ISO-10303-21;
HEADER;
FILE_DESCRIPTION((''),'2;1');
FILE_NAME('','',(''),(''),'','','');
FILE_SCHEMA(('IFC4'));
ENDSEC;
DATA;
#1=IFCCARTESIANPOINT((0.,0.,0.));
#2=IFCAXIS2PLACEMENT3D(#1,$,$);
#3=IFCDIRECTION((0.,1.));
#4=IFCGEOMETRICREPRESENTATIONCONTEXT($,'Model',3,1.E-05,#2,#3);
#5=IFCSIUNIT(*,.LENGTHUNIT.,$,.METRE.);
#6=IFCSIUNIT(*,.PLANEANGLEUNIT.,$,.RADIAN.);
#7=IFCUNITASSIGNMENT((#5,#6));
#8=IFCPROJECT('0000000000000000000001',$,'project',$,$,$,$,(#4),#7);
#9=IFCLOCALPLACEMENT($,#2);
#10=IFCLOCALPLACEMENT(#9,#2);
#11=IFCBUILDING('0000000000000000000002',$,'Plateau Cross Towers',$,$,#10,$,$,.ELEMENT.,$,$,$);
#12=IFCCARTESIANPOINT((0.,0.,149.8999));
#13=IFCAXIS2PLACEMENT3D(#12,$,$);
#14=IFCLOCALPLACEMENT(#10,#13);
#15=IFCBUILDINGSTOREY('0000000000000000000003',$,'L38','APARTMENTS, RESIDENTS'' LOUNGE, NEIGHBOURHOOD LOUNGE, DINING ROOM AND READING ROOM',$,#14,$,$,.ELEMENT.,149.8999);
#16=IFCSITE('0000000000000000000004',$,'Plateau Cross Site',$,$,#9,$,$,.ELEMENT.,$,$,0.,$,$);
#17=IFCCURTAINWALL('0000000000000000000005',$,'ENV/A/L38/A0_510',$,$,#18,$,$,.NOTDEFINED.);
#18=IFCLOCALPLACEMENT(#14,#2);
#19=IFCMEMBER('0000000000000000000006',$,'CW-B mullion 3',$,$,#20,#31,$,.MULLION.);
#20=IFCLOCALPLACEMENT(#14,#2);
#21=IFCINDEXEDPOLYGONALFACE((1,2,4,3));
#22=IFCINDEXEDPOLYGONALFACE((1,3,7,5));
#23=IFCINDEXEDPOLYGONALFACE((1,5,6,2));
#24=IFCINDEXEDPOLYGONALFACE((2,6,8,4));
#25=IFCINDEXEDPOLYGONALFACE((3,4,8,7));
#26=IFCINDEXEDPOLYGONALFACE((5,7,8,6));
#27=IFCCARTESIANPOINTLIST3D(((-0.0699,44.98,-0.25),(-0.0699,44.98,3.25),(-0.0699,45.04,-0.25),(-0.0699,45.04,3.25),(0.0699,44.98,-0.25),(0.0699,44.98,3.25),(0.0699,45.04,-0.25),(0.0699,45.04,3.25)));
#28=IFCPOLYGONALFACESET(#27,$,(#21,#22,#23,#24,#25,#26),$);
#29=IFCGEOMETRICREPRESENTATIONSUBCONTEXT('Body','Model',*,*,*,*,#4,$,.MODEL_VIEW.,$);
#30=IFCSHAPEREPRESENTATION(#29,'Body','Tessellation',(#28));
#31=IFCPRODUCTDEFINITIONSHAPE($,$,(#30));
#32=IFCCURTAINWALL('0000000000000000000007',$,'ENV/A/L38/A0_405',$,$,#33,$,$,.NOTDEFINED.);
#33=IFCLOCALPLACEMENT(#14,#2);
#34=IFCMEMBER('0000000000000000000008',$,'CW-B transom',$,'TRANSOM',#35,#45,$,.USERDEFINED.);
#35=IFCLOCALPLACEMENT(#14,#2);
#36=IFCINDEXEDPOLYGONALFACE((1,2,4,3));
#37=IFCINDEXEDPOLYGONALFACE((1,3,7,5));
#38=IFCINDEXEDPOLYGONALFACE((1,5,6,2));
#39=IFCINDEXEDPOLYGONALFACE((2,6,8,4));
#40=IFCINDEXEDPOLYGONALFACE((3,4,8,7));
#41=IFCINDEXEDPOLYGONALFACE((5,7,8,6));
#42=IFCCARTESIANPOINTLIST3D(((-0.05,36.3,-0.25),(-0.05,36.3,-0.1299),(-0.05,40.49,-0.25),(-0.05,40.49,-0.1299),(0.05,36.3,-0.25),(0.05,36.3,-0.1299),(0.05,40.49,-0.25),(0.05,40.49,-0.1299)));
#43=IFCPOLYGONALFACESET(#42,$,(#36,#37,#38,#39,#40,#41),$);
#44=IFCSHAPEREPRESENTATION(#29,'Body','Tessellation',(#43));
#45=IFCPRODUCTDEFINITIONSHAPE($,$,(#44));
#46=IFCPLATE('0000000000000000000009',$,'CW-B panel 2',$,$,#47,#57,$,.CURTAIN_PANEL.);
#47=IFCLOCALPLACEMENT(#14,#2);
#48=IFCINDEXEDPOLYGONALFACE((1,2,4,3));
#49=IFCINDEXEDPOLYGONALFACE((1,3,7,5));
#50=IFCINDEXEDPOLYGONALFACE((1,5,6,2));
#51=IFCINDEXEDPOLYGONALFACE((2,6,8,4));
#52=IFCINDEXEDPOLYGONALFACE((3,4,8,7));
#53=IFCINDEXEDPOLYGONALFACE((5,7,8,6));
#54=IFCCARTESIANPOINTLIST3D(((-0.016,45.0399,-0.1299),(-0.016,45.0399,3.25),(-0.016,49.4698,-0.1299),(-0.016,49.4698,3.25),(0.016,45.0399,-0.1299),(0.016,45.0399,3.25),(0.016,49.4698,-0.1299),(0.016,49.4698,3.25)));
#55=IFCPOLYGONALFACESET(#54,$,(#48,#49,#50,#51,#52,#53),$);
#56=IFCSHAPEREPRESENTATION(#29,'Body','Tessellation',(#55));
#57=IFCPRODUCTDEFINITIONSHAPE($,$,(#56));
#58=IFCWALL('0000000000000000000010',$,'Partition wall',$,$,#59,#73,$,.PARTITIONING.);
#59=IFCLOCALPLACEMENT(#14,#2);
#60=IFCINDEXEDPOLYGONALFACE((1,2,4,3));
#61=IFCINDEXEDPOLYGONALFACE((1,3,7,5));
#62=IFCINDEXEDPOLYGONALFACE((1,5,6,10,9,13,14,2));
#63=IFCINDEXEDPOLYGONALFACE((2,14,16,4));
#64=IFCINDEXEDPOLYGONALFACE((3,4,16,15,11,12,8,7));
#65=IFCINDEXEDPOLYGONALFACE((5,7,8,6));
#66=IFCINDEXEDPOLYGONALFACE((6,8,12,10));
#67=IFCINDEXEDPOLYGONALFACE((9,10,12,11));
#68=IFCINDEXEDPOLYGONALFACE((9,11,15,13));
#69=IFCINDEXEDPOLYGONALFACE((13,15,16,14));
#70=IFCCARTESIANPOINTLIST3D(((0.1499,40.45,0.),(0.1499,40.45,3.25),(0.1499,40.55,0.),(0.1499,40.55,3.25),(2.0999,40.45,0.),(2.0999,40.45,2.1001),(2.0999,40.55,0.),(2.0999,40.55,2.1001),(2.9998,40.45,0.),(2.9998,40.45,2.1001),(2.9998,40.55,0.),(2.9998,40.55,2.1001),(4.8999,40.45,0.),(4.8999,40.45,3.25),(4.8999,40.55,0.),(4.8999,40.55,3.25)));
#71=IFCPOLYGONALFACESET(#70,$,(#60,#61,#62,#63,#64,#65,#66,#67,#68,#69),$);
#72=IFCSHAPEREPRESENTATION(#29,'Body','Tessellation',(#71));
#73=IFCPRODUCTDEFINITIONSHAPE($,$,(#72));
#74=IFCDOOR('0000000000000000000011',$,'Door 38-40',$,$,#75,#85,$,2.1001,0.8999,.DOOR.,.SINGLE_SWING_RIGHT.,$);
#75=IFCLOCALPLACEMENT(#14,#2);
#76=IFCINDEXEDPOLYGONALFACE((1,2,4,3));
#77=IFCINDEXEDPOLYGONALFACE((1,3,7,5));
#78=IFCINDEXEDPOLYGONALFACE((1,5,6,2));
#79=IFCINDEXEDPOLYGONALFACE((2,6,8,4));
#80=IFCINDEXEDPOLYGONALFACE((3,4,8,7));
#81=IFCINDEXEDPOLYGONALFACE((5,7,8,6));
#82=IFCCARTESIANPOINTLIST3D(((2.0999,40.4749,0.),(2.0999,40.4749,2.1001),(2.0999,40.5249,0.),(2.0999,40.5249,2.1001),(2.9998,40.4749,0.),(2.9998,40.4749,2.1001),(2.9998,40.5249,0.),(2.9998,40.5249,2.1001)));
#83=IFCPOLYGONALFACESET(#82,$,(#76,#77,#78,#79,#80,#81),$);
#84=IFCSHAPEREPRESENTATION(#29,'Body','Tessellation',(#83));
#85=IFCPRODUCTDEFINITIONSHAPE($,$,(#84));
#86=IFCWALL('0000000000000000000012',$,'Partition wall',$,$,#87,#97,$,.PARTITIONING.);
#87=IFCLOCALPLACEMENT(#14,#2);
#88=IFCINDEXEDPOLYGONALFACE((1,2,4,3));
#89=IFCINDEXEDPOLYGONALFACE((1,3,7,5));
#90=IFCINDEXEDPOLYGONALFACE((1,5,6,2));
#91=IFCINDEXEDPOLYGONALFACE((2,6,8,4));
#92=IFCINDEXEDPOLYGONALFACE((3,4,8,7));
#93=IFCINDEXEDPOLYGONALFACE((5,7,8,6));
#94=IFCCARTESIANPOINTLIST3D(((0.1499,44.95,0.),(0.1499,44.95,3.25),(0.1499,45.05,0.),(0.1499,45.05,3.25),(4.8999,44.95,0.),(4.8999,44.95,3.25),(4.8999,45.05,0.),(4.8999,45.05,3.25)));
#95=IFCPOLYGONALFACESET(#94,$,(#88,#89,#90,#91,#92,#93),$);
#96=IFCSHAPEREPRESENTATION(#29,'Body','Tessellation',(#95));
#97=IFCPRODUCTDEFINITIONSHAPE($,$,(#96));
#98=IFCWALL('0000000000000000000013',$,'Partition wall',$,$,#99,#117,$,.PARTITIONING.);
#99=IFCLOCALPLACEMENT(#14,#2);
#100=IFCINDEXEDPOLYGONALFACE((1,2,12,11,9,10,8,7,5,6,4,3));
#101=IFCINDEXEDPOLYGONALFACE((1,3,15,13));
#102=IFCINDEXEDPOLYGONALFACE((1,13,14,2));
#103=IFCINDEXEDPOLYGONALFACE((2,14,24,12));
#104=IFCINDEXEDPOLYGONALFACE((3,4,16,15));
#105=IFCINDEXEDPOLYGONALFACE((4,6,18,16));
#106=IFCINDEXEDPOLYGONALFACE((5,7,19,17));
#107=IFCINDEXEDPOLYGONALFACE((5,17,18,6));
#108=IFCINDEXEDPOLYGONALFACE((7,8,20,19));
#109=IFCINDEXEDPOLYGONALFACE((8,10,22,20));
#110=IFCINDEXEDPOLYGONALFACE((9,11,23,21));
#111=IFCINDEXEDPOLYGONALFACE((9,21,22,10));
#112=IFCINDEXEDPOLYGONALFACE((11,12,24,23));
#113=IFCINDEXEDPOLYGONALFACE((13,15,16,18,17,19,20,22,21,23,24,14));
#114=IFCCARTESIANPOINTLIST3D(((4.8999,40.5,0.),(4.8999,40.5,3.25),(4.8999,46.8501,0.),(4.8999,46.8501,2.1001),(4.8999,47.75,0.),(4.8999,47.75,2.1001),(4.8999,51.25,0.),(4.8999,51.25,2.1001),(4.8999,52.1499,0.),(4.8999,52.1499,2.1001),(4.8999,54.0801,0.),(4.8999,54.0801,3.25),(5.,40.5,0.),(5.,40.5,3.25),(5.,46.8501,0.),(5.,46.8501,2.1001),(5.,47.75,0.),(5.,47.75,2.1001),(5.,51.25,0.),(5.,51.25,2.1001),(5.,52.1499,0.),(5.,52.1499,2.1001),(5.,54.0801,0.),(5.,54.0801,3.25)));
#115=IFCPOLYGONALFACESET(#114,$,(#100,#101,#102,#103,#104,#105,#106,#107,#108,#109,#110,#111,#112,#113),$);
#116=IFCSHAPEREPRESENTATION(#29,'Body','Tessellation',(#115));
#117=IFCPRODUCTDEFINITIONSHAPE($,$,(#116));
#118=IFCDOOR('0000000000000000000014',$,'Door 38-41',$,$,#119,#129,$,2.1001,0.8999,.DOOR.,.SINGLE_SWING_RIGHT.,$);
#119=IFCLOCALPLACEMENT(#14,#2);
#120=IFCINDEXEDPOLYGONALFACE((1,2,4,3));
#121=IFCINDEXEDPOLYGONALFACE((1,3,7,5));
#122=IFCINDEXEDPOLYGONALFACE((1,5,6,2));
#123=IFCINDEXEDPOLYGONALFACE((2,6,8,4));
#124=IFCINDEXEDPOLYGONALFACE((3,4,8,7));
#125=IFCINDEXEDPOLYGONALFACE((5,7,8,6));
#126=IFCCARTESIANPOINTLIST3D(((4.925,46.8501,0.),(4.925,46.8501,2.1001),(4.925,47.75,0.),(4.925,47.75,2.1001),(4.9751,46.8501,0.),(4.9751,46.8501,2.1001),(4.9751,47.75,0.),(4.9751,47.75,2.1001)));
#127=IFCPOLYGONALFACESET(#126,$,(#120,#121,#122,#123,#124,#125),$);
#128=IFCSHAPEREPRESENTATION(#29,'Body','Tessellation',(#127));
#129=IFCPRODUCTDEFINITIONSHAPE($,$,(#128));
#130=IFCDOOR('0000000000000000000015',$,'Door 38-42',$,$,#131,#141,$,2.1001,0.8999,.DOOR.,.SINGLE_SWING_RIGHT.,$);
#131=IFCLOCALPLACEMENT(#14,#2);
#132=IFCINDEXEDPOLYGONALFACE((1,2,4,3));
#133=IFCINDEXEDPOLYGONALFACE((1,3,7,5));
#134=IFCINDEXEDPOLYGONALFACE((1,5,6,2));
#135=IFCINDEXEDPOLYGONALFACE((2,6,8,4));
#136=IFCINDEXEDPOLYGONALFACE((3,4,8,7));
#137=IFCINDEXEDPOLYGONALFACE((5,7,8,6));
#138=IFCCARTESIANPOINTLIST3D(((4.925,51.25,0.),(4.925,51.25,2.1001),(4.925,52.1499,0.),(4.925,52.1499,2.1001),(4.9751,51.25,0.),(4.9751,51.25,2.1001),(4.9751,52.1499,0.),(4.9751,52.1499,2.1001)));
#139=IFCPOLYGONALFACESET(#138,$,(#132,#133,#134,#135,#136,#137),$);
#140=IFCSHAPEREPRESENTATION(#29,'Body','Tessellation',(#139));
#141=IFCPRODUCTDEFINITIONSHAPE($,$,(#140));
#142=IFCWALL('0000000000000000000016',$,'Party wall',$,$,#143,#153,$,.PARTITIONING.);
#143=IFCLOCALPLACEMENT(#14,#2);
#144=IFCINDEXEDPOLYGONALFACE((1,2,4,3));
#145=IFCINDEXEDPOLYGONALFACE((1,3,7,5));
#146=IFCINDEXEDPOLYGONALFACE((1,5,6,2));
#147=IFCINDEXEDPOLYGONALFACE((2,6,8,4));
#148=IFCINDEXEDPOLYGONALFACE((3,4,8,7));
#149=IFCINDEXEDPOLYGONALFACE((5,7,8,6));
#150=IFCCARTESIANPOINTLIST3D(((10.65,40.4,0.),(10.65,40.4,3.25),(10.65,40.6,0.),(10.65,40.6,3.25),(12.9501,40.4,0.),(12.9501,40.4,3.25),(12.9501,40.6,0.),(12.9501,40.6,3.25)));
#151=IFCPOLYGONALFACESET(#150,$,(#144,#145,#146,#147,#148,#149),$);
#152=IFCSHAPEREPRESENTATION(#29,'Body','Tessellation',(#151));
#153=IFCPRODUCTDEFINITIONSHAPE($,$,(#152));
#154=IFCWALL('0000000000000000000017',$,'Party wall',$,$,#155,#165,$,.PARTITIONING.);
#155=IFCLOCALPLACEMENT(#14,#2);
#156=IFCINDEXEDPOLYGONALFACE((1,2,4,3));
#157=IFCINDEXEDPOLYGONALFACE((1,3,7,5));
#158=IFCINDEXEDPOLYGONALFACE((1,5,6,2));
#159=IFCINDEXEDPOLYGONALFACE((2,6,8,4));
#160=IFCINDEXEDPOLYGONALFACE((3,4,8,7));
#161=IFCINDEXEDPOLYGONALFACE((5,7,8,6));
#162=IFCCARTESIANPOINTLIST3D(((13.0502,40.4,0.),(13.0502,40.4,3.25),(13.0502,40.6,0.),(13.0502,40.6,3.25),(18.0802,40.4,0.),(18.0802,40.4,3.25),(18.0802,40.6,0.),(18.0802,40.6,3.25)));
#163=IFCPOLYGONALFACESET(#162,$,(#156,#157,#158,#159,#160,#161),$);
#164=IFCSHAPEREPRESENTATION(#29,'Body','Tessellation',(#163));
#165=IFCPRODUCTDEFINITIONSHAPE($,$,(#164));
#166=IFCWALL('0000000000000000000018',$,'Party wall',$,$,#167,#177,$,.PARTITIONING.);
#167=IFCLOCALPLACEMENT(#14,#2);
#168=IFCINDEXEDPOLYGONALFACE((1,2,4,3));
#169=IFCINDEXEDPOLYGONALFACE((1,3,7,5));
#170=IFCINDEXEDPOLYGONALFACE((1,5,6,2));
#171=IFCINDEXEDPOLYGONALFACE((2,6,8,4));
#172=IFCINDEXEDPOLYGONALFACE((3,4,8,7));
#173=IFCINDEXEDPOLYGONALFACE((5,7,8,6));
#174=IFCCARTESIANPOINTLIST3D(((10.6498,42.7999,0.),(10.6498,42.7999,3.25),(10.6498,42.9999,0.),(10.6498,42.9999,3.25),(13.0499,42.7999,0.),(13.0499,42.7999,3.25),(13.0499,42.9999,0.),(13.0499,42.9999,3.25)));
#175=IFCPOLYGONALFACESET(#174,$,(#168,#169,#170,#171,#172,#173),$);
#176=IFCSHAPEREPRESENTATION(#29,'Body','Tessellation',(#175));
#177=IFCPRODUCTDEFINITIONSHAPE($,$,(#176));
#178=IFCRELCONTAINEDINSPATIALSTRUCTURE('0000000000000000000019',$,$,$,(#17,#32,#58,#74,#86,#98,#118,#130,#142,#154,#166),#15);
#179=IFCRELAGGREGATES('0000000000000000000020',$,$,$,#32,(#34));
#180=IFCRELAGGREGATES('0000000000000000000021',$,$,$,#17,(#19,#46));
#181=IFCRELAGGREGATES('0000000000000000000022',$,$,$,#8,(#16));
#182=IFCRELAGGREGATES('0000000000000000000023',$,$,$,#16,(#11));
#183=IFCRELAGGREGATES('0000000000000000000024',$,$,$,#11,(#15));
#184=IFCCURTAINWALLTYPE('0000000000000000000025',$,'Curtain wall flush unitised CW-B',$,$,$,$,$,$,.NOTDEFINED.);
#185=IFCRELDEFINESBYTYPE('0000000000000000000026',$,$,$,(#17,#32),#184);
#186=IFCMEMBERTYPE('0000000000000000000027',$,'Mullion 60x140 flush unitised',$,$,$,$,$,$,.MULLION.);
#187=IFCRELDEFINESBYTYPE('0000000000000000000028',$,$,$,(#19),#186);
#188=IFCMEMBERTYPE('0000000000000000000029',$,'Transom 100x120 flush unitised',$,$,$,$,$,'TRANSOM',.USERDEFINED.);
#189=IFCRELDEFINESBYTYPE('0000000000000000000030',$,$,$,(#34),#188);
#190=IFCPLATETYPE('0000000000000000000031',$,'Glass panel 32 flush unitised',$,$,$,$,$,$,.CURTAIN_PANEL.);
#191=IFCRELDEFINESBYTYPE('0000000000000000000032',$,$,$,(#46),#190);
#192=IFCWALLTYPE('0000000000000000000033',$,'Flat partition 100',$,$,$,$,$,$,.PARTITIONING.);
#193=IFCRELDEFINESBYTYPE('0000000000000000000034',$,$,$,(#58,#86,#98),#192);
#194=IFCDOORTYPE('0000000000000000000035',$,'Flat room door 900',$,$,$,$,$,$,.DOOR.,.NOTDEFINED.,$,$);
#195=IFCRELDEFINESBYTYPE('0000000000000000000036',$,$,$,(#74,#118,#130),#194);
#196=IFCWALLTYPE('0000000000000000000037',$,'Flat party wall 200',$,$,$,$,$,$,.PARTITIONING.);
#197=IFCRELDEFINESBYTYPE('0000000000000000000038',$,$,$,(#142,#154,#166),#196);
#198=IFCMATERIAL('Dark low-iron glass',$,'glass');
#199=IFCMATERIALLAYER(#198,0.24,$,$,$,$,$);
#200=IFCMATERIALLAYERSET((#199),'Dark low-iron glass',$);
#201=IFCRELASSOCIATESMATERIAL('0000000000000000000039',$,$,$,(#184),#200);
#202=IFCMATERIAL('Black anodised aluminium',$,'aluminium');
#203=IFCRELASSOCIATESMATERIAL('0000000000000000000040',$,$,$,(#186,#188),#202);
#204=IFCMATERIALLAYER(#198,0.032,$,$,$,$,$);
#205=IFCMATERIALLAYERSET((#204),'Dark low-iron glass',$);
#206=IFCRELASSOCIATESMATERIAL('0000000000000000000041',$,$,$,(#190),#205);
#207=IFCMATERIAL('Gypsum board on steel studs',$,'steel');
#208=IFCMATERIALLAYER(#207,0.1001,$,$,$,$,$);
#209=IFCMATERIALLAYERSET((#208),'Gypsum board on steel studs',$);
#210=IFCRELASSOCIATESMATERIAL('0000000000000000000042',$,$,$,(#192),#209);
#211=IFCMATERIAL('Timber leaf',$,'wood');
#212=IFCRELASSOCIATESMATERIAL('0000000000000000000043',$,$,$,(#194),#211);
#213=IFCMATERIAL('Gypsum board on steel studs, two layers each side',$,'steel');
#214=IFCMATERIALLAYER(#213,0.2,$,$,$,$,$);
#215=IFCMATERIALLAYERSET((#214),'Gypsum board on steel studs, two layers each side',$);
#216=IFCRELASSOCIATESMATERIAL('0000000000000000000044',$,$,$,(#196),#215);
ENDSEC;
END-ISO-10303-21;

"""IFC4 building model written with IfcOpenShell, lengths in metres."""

from ifc_helpers import new_model, si_unit, direction, frame, frame_2d, origin, origin_2d, place, context, subcontext, project, spatial, rectangle, extrude, material, layer, layer_set, material_profile, profile_set, type_object, element, fill, aggregate, save


model = new_model("IFC4")

# Units and contexts
model_context = context("Model", 3, precision=1e-05, world=origin(), true_north=direction((0.0, 1.0)))
body_context = subcontext(model_context, "Body", "Model", "MODEL_VIEW")
ifc_project = project(units=[si_unit("LENGTHUNIT", "METRE"), si_unit("PLANEANGLEUNIT", "RADIAN")], contexts=[model_context])

# Site, building, storey
site_placement = place(None, origin())
site = spatial("IfcSite", under=ifc_project, at=site_placement, Name="Plateau Cross Site", CompositionType="ELEMENT", RefElevation=0.0)
building_placement = place(site_placement, origin())
building = spatial("IfcBuilding", under=site, at=building_placement, Name="Plateau Cross Towers", CompositionType="ELEMENT")
storey_placement = place(building_placement, frame((0.0, 0.0, 149.8999)))
storey = spatial("IfcBuildingStorey", under=building, at=storey_placement, Name="L38", Description="APARTMENTS, RESIDENTS' LOUNGE, NEIGHBOURHOOD LOUNGE, DINING ROOM AND READING ROOM", CompositionType="ELEMENT", Elevation=149.8999)

# Curtain walls, members
ifc_material_1 = material(Name="Dark low-iron glass", Category="glass")
ifc_layer_1 = layer(ifc_material_1, 0.24)
ifc_layer_set_1 = layer_set([ifc_layer_1], Name="Dark low-iron glass")
curtain_wall_type = type_object("IfcCurtainWallType", Name="Curtain wall flush unitised CW-B", PredefinedType="NOTDEFINED", material=ifc_layer_set_1)
curtain_wall_1_placement = place(storey_placement, origin())
curtain_wall_1 = element("IfcCurtainWall", 1, at=curtain_wall_1_placement, inside=storey, type_object=curtain_wall_type, Name="ENV/A/L38/A0_510", PredefinedType="NOTDEFINED")
ifc_material_2 = material(Name="Black anodised aluminium", Category="aluminium")
ifc_material_profile_1 = material_profile(ifc_material_2, rectangle(XDim=0.0601, YDim=0.1399, at=origin_2d()), Name="MULLION 60x140")
ifc_profile_set_1 = profile_set([ifc_material_profile_1], Name="Black anodised aluminium")
member_type_1 = type_object("IfcMemberType", Name="Mullion 60x140 flush unitised", PredefinedType="MULLION", material=ifc_profile_set_1)
member_1_placement = place(storey_placement, frame((0.0, 45.01, -0.25), z_axis=(0.0, 0.0, 1.0), x_axis=(0.0, -1.0, 0.0)))
member_1 = element("IfcMember", 2, at=member_1_placement, type_object=member_type_1, Name="CW-B mullion 3", PredefinedType="MULLION", context=body_context, shape_type="SweptSolid", body=[
    extrude(rectangle(XDim=0.0601, YDim=0.1399, at=origin_2d()), origin(), (0.0, 0.0, 1.0), 3.5),
])
curtain_wall_2_placement = place(storey_placement, origin())
curtain_wall_2 = element("IfcCurtainWall", 3, at=curtain_wall_2_placement, inside=storey, type_object=curtain_wall_type, Name="ENV/A/L38/A0_405", PredefinedType="NOTDEFINED")
ifc_material_profile_2 = material_profile(ifc_material_2, rectangle(XDim=0.1001, YDim=0.1201, at=origin_2d()), Name="TRANSOM 100x120")
ifc_profile_set_2 = profile_set([ifc_material_profile_2], Name="Black anodised aluminium")
member_type_2 = type_object("IfcMemberType", Name="Transom 100x120 flush unitised", ElementType="TRANSOM", PredefinedType="USERDEFINED", material=ifc_profile_set_2)
member_2_placement = place(storey_placement, frame((0.0, 40.49, -0.1899), z_axis=(0.0, -1.0, 0.0), x_axis=(1.0, 0.0, 0.0)))
member_2 = element("IfcMember", 4, at=member_2_placement, type_object=member_type_2, Name="CW-B transom", ObjectType="TRANSOM", PredefinedType="USERDEFINED", context=body_context, shape_type="SweptSolid", body=[
    extrude(rectangle(XDim=0.1001, YDim=0.1201, at=origin_2d()), origin(), (0.0, 0.0, 1.0), 4.1899),
])
aggregate(curtain_wall_2, [member_2])

# Plate
ifc_layer_2 = layer(ifc_material_1, 0.032)
ifc_layer_set_2 = layer_set([ifc_layer_2], Name="Dark low-iron glass")
plate_type = type_object("IfcPlateType", Name="Glass panel 32 flush unitised", PredefinedType="CURTAIN_PANEL", material=ifc_layer_set_2)
plate_placement = place(storey_placement, frame((0.0, 47.2549, -0.1299), z_axis=(0.0, 0.0, 1.0), x_axis=(0.0, -1.0, 0.0)))
plate = element("IfcPlate", 5, at=plate_placement, type_object=plate_type, Name="CW-B panel 2", PredefinedType="CURTAIN_PANEL", context=body_context, shape_type="SweptSolid", body=[
    extrude(rectangle(XDim=4.4299, YDim=0.032, at=origin_2d()), origin(), (0.0, 0.0, 1.0), 3.3799),
])
aggregate(curtain_wall_1, [member_1, plate])

# Wall, opening, door
ifc_material_3 = material(Name="Gypsum board on steel studs", Category="steel")
ifc_layer_3 = layer(ifc_material_3, 0.1001)
ifc_layer_set_3 = layer_set([ifc_layer_3], Name="Gypsum board on steel studs")
wall_type_1 = type_object("IfcWallType", Name="Flat partition 100", PredefinedType="PARTITIONING", material=ifc_layer_set_3)
wall_1_placement = place(storey_placement, frame((0.1499, 40.5, 0.0), z_axis=(0.0, 0.0, 1.0), x_axis=(1.0, 0.0, 0.0)))
wall_1 = element("IfcWall", 6, at=wall_1_placement, inside=storey, type_object=wall_type_1, Name="Partition wall", PredefinedType="PARTITIONING", context=body_context, shape_type="SweptSolid", body=[
    extrude(rectangle(XDim=4.75, YDim=0.1001, at=frame_2d((2.375, 0.0))), origin(), (0.0, 0.0, 1.0), 3.25),
])
opening_1_placement = place(wall_1_placement, frame((1.95, 0.0, 0.0)))
opening_1 = element("IfcOpeningElement", 7, at=opening_1_placement, cuts=wall_1, PredefinedType="OPENING", context=body_context, shape_type="SweptSolid", body=[
    extrude(rectangle(XDim=0.8999, YDim=2.1001, at=frame_2d((0.45, 1.05))), frame((0.0, 0.0601, 0.0), z_axis=(0.0, -1.0, 0.0), x_axis=(1.0, 0.0, 0.0)), (0.0, 0.0, 1.0), 0.1201),
])
ifc_material_4 = material(Name="Timber leaf", Category="wood")
door_type_1 = type_object("IfcDoorType", Name="Flat room door 900", OperationType="NOTDEFINED", PredefinedType="DOOR", material=ifc_material_4)
door_1_placement = place(opening_1_placement, origin())
door_1 = element("IfcDoor", 8, at=door_1_placement, inside=storey, type_object=door_type_1, Name="Door 38-40", OperationType="SINGLE_SWING_RIGHT", OverallHeight=2.1001, OverallWidth=0.8999, PredefinedType="DOOR", context=body_context, shape_type="SweptSolid", body=[
    extrude(rectangle(XDim=0.8999, YDim=2.1001, at=frame_2d((0.45, 1.05))), frame((0.0, 0.0249, 0.0), z_axis=(0.0, -1.0, 0.0), x_axis=(1.0, 0.0, 0.0)), (0.0, 0.0, 1.0), 0.05),
])
fill(opening_1, door_1)

# Wall
wall_2_placement = place(storey_placement, frame((4.8999, 45.0, 0.0), z_axis=(0.0, 0.0, 1.0), x_axis=(-1.0, 0.0, 0.0)))
element("IfcWall", 9, at=wall_2_placement, inside=storey, type_object=wall_type_1, Name="Partition wall", PredefinedType="PARTITIONING", context=body_context, shape_type="SweptSolid", body=[
    extrude(rectangle(XDim=4.75, YDim=0.1001, at=frame_2d((2.375, 0.0))), origin(), (0.0, 0.0, 1.0), 3.25),
])

# Wall, openings, doors
wall_3_placement = place(storey_placement, frame((4.95, 40.5, 0.0), z_axis=(0.0, 0.0, 1.0), x_axis=(0.0, 1.0, 0.0)))
wall_3 = element("IfcWall", 10, at=wall_3_placement, inside=storey, type_object=wall_type_1, Name="Partition wall", PredefinedType="PARTITIONING", context=body_context, shape_type="SweptSolid", body=[
    extrude(rectangle(XDim=13.5801, YDim=0.1001, at=frame_2d((6.79, 0.0))), origin(), (0.0, 0.0, 1.0), 3.25),
])
opening_2_placement = place(wall_3_placement, frame((6.3501, 0.0, 0.0)))
opening_2 = element("IfcOpeningElement", 11, at=opening_2_placement, cuts=wall_3, PredefinedType="OPENING", context=body_context, shape_type="SweptSolid", body=[
    extrude(rectangle(XDim=0.8999, YDim=2.1001, at=frame_2d((0.45, 1.05))), frame((0.0, 0.0601, 0.0), z_axis=(0.0, -1.0, 0.0), x_axis=(1.0, 0.0, 0.0)), (0.0, 0.0, 1.0), 0.1201),
])
opening_3_placement = place(wall_3_placement, frame((10.75, 0.0, 0.0)))
opening_3 = element("IfcOpeningElement", 12, at=opening_3_placement, cuts=wall_3, PredefinedType="OPENING", context=body_context, shape_type="SweptSolid", body=[
    extrude(rectangle(XDim=0.8999, YDim=2.1001, at=frame_2d((0.45, 1.05))), frame((0.0, 0.0601, 0.0), z_axis=(0.0, -1.0, 0.0), x_axis=(1.0, 0.0, 0.0)), (0.0, 0.0, 1.0), 0.1201),
])
door_2_placement = place(opening_2_placement, origin())
door_2 = element("IfcDoor", 13, at=door_2_placement, inside=storey, type_object=door_type_1, Name="Door 38-41", OperationType="SINGLE_SWING_RIGHT", OverallHeight=2.1001, OverallWidth=0.8999, PredefinedType="DOOR", context=body_context, shape_type="SweptSolid", body=[
    extrude(rectangle(XDim=0.8999, YDim=2.1001, at=frame_2d((0.45, 1.05))), frame((0.0, 0.0249, 0.0), z_axis=(0.0, -1.0, 0.0), x_axis=(1.0, 0.0, 0.0)), (0.0, 0.0, 1.0), 0.05),
])
fill(opening_2, door_2)
door_3_placement = place(opening_3_placement, origin())
door_3 = element("IfcDoor", 14, at=door_3_placement, inside=storey, type_object=door_type_1, Name="Door 38-42", OperationType="SINGLE_SWING_RIGHT", OverallHeight=2.1001, OverallWidth=0.8999, PredefinedType="DOOR", context=body_context, shape_type="SweptSolid", body=[
    extrude(rectangle(XDim=0.8999, YDim=2.1001, at=frame_2d((0.45, 1.05))), frame((0.0, 0.0249, 0.0), z_axis=(0.0, -1.0, 0.0), x_axis=(1.0, 0.0, 0.0)), (0.0, 0.0, 1.0), 0.05),
])
fill(opening_3, door_3)

# Walls
ifc_material_5 = material(Name="Gypsum board on steel studs, two layers each side", Category="steel")
ifc_layer_4 = layer(ifc_material_5, 0.2)
ifc_layer_set_4 = layer_set([ifc_layer_4], Name="Gypsum board on steel studs, two layers each side")
wall_type_2 = type_object("IfcWallType", Name="Flat party wall 200", PredefinedType="PARTITIONING", material=ifc_layer_set_4)
wall_4_placement = place(storey_placement, frame((12.95, 40.5, 0.0), z_axis=(0.0, 0.0, 1.0), x_axis=(-1.0, 0.0, 0.0)))
element("IfcWall", 15, at=wall_4_placement, inside=storey, type_object=wall_type_2, Name="Party wall", PredefinedType="PARTITIONING", context=body_context, shape_type="SweptSolid", body=[
    extrude(rectangle(XDim=2.3, YDim=0.2, at=frame_2d((1.1499, 0.0))), origin(), (0.0, 0.0, 1.0), 3.25),
])
wall_5_placement = place(storey_placement, frame((13.05, 40.5, 0.0), z_axis=(0.0, 0.0, 1.0), x_axis=(1.0, 0.0, 0.0)))
element("IfcWall", 16, at=wall_5_placement, inside=storey, type_object=wall_type_2, Name="Party wall", PredefinedType="PARTITIONING", context=body_context, shape_type="SweptSolid", body=[
    extrude(rectangle(XDim=5.03, YDim=0.2, at=frame_2d((2.5151, 0.0))), origin(), (0.0, 0.0, 1.0), 3.25),
])
wall_6_placement = place(storey_placement, frame((13.05, 42.8999, 0.0), z_axis=(0.0, 0.0, 1.0), x_axis=(-1.0, 0.0, 0.0)))
element("IfcWall", 17, at=wall_6_placement, inside=storey, type_object=wall_type_2, Name="Party wall", PredefinedType="PARTITIONING", context=body_context, shape_type="SweptSolid", body=[
    extrude(rectangle(XDim=2.4001, YDim=0.2, at=frame_2d((1.2002, 0.0))), origin(), (0.0, 0.0, 1.0), 3.25),
])

save(model, "model.ifc")
